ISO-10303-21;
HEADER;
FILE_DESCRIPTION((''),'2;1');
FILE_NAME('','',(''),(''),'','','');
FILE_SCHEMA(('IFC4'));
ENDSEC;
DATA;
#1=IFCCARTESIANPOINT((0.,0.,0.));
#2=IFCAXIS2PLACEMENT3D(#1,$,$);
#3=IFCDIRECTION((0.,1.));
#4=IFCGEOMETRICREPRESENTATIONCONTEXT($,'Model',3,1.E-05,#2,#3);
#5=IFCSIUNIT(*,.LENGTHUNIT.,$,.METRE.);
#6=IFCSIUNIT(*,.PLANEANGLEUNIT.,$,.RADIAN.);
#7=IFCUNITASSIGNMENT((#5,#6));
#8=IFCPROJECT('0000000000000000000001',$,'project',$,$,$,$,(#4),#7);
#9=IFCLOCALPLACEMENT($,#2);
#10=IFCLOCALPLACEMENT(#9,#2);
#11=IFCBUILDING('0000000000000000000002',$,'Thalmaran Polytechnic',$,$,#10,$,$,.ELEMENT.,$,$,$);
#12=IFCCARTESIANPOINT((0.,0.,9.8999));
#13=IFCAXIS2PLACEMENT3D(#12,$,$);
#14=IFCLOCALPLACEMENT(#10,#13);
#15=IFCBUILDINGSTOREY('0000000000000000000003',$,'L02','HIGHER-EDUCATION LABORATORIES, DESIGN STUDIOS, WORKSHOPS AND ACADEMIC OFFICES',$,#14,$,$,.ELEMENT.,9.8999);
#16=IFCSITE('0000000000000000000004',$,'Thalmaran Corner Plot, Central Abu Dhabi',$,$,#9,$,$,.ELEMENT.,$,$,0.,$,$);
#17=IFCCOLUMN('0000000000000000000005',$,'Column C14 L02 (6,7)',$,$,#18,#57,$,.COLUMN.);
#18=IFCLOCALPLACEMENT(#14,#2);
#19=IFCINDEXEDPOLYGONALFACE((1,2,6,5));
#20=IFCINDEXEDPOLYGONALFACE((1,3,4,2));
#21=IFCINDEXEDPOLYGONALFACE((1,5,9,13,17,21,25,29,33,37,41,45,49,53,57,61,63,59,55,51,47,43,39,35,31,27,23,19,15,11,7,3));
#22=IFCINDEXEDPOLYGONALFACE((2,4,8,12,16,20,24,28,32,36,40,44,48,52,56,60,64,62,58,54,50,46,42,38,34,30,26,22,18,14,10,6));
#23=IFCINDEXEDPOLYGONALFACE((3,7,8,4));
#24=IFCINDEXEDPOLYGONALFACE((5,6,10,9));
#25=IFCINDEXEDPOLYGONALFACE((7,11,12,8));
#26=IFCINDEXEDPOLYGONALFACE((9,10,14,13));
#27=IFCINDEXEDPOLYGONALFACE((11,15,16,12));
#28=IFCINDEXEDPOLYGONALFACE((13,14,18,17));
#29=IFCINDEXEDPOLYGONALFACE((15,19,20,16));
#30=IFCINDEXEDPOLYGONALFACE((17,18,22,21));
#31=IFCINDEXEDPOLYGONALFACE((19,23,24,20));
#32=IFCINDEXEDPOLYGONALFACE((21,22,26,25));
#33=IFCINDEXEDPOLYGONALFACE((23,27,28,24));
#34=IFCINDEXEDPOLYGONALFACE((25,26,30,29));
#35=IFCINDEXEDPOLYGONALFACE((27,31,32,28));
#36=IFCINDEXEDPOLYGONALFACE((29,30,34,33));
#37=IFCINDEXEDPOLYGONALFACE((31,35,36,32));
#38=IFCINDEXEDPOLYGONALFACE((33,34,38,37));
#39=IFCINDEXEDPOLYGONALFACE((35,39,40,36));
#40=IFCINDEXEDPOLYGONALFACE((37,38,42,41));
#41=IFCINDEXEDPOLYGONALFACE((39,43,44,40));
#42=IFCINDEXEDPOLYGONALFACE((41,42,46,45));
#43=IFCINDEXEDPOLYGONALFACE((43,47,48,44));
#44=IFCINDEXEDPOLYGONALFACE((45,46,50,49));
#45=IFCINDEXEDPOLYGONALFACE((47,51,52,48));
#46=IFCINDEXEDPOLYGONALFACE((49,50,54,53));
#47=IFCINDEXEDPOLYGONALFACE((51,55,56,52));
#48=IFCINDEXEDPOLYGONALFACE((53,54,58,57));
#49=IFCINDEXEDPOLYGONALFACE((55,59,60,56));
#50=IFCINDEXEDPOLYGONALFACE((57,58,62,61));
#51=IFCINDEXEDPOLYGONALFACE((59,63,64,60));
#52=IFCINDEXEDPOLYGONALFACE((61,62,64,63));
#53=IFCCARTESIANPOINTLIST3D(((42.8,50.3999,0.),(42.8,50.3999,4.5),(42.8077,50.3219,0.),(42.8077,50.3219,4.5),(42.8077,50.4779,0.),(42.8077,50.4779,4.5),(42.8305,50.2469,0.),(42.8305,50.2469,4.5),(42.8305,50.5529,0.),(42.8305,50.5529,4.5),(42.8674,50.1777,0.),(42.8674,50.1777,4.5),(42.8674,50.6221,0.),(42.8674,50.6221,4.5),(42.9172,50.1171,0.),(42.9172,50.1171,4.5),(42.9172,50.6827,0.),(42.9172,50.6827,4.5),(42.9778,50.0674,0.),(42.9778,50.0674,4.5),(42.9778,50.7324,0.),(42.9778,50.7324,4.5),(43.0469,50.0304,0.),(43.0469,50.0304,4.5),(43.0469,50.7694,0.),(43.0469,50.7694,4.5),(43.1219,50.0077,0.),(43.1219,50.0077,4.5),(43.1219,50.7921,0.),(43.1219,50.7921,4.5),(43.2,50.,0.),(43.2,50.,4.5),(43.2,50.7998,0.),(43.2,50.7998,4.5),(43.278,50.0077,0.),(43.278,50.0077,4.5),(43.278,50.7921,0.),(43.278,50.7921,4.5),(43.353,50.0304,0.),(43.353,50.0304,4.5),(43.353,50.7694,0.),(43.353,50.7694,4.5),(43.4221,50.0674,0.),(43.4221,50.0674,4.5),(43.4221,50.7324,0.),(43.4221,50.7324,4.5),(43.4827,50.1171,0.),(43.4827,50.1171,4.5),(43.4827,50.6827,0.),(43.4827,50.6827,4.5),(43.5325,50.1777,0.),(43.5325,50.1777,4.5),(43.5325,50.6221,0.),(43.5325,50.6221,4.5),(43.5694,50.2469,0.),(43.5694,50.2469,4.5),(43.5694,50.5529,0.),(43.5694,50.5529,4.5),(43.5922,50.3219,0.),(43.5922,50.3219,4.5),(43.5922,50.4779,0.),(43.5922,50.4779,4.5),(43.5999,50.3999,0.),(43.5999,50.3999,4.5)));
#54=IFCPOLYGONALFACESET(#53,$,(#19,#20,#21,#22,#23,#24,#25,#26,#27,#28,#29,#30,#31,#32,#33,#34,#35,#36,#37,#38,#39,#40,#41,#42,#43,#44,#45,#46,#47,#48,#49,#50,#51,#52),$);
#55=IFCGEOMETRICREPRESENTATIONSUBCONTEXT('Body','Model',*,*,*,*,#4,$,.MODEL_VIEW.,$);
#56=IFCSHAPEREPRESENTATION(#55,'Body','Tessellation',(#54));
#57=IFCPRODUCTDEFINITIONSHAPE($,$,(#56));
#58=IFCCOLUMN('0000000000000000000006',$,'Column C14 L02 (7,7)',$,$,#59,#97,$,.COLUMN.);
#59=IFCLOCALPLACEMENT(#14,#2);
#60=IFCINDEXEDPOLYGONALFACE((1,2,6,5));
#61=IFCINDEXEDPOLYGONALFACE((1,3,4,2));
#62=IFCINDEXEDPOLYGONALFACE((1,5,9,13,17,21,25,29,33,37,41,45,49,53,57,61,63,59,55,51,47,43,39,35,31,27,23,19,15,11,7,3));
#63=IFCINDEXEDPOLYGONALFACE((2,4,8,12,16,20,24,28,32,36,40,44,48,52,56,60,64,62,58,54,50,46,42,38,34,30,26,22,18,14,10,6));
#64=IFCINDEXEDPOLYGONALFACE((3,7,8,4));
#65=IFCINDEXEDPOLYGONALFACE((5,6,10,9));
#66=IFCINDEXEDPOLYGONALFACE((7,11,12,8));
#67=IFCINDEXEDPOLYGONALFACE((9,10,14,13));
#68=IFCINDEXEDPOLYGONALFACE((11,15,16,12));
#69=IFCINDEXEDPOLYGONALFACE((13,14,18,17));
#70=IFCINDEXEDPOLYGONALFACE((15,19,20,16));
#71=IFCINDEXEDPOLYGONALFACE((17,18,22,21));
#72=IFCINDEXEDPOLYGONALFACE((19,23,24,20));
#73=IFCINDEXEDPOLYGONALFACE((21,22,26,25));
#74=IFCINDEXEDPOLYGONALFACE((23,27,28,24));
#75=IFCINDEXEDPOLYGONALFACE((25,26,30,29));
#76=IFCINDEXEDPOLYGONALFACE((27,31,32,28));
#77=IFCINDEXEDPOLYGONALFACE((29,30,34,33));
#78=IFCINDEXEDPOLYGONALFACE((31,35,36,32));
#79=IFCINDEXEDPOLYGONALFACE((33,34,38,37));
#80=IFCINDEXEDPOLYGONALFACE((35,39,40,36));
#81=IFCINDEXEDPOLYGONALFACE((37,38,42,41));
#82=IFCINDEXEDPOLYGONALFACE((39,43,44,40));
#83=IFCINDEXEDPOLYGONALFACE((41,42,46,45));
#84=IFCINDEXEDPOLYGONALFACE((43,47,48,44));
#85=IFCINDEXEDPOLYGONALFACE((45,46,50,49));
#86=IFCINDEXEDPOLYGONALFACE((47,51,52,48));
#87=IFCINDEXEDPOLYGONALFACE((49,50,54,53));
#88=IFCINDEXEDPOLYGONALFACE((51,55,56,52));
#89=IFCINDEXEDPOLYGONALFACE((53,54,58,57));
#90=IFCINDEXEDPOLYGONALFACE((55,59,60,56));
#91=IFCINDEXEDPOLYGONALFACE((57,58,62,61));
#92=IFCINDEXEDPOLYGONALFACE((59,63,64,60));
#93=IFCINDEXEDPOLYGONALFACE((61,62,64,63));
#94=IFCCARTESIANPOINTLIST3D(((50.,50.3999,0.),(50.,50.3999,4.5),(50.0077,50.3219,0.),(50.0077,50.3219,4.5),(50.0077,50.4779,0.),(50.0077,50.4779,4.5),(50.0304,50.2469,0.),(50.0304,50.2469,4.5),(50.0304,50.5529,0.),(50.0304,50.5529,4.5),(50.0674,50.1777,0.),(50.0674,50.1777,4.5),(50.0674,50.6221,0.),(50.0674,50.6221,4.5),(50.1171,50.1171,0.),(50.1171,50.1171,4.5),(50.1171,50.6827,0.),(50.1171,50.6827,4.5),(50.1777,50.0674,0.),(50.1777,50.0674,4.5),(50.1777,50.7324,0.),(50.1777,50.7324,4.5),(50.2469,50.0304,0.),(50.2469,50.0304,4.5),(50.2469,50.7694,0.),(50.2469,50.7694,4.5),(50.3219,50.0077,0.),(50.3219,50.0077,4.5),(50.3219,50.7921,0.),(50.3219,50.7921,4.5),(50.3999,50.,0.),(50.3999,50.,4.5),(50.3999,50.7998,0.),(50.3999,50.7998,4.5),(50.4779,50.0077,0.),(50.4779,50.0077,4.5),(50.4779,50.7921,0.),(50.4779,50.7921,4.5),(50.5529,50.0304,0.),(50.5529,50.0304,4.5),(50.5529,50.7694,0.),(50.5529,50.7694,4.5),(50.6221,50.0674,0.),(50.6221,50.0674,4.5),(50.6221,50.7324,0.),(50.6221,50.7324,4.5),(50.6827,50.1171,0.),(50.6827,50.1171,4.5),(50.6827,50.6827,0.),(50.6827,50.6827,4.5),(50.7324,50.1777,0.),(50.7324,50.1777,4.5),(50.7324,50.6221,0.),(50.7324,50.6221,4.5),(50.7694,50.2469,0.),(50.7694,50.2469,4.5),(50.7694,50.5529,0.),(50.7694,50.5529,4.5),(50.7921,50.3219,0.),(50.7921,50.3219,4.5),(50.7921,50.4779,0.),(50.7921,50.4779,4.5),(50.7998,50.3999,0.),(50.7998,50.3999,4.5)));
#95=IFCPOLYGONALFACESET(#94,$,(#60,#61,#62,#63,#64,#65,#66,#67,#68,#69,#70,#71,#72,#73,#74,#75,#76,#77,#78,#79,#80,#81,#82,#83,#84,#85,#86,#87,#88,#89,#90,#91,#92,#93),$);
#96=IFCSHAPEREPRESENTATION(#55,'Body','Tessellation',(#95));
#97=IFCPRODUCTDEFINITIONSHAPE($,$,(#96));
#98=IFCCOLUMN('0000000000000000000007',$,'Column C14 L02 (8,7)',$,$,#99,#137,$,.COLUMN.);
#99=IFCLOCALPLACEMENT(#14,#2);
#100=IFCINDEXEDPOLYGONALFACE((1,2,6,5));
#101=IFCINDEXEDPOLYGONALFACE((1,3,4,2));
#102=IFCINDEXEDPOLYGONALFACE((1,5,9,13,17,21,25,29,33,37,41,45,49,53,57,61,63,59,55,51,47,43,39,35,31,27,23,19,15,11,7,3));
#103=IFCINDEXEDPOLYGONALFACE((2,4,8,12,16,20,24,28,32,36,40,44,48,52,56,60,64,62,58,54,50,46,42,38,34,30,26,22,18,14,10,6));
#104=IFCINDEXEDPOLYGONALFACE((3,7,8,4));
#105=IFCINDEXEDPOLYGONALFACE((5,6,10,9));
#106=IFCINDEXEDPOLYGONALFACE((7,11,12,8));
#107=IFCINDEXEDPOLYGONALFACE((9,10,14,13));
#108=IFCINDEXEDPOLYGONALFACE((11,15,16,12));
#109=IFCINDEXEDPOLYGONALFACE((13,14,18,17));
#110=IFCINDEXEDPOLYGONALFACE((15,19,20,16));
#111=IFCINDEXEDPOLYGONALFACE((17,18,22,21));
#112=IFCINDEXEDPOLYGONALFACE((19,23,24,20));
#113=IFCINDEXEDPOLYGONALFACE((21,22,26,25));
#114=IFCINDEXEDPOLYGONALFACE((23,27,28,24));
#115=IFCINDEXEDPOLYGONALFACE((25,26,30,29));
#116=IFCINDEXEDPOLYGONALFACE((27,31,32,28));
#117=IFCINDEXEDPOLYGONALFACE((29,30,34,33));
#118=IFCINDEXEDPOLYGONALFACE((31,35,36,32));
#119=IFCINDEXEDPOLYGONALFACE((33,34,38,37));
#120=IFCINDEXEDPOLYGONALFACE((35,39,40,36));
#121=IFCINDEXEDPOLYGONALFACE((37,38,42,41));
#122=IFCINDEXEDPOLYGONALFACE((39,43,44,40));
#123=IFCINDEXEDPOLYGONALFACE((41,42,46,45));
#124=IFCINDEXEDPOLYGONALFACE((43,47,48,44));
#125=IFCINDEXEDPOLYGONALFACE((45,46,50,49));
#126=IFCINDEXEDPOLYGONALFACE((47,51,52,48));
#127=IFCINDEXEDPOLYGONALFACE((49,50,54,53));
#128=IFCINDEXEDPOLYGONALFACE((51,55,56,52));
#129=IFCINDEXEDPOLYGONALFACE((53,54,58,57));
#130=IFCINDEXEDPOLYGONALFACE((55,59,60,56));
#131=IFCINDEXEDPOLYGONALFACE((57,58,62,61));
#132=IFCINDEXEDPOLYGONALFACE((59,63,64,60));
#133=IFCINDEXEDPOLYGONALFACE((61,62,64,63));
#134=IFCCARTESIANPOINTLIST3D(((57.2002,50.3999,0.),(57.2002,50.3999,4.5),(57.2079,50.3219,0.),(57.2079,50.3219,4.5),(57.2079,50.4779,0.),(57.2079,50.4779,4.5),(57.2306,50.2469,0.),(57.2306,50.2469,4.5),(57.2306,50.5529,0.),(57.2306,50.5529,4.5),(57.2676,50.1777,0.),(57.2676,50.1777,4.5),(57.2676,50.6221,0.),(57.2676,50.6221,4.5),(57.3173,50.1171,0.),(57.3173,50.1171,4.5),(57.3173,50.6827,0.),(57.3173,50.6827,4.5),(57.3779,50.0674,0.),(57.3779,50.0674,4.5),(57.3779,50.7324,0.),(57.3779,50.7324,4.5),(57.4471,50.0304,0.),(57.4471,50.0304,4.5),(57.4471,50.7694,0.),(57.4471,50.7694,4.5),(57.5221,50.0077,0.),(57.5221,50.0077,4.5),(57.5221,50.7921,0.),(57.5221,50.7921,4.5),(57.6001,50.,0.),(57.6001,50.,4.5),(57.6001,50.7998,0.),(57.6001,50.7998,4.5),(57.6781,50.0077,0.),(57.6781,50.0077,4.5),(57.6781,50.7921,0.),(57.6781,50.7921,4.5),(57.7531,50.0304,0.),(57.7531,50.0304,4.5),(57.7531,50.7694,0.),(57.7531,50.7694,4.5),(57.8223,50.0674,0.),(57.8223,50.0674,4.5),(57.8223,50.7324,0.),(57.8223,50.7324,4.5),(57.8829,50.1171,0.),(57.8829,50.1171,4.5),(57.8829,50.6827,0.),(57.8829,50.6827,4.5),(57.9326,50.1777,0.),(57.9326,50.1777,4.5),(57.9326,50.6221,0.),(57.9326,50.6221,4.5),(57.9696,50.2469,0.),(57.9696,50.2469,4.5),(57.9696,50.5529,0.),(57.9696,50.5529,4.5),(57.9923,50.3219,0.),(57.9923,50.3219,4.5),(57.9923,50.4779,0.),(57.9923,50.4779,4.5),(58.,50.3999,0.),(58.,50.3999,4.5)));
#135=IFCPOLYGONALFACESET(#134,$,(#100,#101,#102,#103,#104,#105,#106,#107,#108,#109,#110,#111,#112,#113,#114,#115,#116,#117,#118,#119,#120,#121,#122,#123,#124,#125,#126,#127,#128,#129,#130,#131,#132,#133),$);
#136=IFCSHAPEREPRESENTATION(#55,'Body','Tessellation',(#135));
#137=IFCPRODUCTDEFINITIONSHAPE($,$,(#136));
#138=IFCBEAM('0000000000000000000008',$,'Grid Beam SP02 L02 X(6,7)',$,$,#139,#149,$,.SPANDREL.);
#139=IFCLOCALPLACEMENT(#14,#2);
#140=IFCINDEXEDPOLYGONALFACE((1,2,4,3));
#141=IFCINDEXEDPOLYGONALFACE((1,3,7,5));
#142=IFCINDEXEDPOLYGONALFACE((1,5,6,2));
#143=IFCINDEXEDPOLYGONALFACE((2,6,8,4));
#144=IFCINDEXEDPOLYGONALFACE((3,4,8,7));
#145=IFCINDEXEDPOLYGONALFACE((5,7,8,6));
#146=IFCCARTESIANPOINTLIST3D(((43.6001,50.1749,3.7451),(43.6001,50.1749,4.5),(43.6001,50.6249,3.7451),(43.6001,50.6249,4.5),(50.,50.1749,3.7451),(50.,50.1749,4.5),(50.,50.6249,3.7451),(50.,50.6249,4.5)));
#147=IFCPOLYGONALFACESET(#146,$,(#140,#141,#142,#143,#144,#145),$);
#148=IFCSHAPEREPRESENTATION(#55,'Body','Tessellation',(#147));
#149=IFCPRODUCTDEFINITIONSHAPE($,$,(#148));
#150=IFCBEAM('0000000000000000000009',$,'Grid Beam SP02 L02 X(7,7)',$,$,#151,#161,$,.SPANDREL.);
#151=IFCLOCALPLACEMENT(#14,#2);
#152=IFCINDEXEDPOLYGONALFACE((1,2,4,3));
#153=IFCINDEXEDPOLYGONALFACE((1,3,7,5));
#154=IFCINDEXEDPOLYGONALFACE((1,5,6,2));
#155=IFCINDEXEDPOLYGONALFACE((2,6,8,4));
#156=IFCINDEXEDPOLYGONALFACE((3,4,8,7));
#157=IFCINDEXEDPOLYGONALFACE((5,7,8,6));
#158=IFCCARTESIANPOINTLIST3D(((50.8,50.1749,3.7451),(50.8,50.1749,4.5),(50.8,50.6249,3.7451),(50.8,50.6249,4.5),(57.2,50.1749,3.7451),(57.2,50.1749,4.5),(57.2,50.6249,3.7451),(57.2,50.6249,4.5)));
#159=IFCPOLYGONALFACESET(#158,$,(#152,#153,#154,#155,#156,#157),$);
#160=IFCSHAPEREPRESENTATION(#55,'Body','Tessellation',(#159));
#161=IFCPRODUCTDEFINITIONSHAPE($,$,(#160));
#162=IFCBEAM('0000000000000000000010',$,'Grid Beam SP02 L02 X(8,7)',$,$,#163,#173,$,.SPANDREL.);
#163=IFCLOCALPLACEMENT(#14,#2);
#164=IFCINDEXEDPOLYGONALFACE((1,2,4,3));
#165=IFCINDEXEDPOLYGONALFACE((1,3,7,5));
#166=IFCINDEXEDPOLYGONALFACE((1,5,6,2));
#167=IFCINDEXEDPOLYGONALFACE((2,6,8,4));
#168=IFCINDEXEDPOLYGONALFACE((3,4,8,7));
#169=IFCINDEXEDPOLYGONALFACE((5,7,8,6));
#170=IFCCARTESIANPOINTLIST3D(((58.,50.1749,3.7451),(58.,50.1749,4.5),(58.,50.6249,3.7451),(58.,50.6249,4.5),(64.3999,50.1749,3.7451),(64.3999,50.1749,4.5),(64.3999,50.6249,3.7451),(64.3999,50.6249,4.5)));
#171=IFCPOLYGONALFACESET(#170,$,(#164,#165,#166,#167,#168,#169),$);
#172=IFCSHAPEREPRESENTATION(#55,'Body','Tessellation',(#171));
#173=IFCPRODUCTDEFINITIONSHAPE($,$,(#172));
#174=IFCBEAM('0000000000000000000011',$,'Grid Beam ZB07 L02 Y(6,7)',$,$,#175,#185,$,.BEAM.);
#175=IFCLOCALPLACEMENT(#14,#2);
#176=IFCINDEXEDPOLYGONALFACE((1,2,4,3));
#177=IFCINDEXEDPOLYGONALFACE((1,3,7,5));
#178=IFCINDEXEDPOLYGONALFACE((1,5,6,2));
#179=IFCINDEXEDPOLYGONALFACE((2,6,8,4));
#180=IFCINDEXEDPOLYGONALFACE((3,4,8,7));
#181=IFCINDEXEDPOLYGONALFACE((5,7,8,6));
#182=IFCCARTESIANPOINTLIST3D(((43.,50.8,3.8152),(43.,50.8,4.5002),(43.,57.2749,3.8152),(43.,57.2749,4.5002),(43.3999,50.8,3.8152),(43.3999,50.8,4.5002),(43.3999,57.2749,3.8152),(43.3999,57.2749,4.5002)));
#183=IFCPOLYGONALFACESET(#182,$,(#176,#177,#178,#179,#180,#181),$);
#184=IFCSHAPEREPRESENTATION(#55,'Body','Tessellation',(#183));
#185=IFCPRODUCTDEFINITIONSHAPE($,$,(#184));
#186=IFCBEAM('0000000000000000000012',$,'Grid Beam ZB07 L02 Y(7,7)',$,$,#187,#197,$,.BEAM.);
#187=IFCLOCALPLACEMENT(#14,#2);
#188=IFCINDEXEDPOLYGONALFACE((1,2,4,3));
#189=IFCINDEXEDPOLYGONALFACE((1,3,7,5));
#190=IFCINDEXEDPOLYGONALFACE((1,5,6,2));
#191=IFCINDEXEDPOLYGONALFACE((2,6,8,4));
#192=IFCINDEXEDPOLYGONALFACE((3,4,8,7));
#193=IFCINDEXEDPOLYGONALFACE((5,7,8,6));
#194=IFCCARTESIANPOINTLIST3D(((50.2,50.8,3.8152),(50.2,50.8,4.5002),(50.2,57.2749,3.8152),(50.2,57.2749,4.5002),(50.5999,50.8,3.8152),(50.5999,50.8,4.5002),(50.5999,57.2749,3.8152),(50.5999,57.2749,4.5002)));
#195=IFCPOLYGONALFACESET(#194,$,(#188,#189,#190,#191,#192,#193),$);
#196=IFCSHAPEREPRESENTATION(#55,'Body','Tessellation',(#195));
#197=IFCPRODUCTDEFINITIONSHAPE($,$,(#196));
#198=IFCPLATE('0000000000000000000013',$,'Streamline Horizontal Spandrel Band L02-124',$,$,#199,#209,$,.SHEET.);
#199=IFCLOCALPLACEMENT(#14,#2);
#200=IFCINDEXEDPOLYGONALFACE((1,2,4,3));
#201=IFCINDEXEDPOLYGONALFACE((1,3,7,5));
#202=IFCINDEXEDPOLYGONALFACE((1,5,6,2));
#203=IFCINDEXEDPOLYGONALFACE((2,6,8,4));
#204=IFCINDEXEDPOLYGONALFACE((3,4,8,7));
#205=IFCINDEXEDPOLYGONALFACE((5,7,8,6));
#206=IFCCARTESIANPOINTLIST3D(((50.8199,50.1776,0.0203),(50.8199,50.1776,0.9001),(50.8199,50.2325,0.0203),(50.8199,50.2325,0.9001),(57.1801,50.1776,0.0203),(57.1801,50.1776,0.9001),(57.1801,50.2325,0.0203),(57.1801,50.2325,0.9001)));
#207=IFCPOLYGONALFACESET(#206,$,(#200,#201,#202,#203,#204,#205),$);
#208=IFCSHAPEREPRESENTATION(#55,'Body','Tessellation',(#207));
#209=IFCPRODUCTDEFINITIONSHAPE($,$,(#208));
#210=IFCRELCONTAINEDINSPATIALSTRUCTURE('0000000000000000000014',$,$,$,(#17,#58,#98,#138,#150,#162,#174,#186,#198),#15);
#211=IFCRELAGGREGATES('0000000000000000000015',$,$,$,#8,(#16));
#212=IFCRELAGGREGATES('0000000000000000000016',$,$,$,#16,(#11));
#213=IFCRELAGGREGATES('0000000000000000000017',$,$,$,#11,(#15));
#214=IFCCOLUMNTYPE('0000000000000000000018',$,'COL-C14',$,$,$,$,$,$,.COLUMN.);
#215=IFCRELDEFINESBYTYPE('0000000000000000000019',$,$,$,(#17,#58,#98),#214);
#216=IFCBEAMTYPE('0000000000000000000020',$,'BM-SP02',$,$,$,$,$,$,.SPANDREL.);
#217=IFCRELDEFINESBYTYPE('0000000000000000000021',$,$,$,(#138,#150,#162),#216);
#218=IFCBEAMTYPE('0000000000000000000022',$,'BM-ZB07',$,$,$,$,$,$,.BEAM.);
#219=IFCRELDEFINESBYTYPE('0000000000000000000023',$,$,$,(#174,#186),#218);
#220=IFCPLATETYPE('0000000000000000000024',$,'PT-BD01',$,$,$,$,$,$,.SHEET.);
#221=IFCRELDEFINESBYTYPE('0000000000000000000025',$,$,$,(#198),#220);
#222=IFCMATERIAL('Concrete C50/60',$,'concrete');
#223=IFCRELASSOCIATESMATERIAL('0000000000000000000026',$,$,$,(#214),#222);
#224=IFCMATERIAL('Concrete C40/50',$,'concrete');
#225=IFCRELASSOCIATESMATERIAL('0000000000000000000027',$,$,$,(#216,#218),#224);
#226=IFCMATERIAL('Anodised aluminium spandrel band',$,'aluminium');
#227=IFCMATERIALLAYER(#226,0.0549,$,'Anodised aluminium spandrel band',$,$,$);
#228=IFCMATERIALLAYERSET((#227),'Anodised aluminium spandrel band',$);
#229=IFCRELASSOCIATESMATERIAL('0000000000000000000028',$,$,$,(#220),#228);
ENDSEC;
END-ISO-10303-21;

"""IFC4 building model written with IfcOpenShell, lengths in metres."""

from ifc_helpers import new_model, si_unit, direction, frame, origin, origin_2d, place, context, subcontext, project, spatial, rectangle, circle, extrude, material, layer, layer_set, material_profile, profile_set, type_object, element, save


model = new_model("IFC4")

# Units and contexts
model_context = context("Model", 3, precision=1e-05, world=origin(), true_north=direction((0.0, 1.0)))
body_context = subcontext(model_context, "Body", "Model", "MODEL_VIEW")
ifc_project = project(units=[si_unit("LENGTHUNIT", "METRE"), si_unit("PLANEANGLEUNIT", "RADIAN")], contexts=[model_context])

# Site, building, storey
site_placement = place(None, origin())
site = spatial("IfcSite", under=ifc_project, at=site_placement, Name="Thalmaran Corner Plot, Central Abu Dhabi", CompositionType="ELEMENT", RefElevation=0.0)
building_placement = place(site_placement, origin())
building = spatial("IfcBuilding", under=site, at=building_placement, Name="Thalmaran Polytechnic", CompositionType="ELEMENT")
storey_placement = place(building_placement, frame((0.0, 0.0, 9.8999)))
storey = spatial("IfcBuildingStorey", under=building, at=storey_placement, Name="L02", Description="HIGHER-EDUCATION LABORATORIES, DESIGN STUDIOS, WORKSHOPS AND ACADEMIC OFFICES", CompositionType="ELEMENT", Elevation=9.8999)

# Columns
ifc_material_1 = material(Name="Concrete C50/60", Category="concrete")
ifc_material_profile_1 = material_profile(ifc_material_1, circle(Radius=0.3999, at=origin_2d()), Name="RC 800 DIA")
ifc_profile_set_1 = profile_set([ifc_material_profile_1], Name="Concrete C50/60")
column_type = type_object("IfcColumnType", Name="COL-C14", PredefinedType="COLUMN", material=ifc_profile_set_1)
for number, where, z_axis, x_axis, name in (
    (1, (43.2, 50.3999, 0.0), (0.0, 0.0, 1.0), (1.0, 0.0, 0.0), "Column C14 L02 (6,7)"),
    (2, (50.3999, 50.3999, 0.0), (0.0, 0.0, 1.0), (1.0, 0.0, 0.0), "Column C14 L02 (7,7)"),
    (3, (57.6001, 50.3999, 0.0), (0.0, 0.0, 1.0), (1.0, 0.0, 0.0), "Column C14 L02 (8,7)"),
):
    element("IfcColumn", number, at=place(storey_placement, frame(where, z_axis=z_axis, x_axis=x_axis)), inside=storey, type_object=column_type, Name=name, PredefinedType="COLUMN", context=body_context, shape_type="SweptSolid", body=[
        extrude(circle(Radius=0.3999, at=origin_2d()), origin(), (0.0, 0.0, 1.0), 4.5),
    ])

# Beams
ifc_material_2 = material(Name="Concrete C40/50", Category="concrete")
ifc_material_profile_2 = material_profile(ifc_material_2, rectangle(XDim=0.45, YDim=0.7549, at=origin_2d()), Name="RC 450x755")
ifc_profile_set_2 = profile_set([ifc_material_profile_2], Name="Concrete C40/50")
beam_type_1 = type_object("IfcBeamType", Name="BM-SP02", PredefinedType="SPANDREL", material=ifc_profile_set_2)
for number, where, z_axis, x_axis, name in (
    (4, (43.6001, 50.3999, 4.1226), (1.0, 0.0, 0.0), (0.0, 1.0, 0.0), "Grid Beam SP02 L02 X(6,7)"),
    (5, (50.8, 50.3999, 4.1226), (1.0, 0.0, 0.0), (0.0, 1.0, 0.0), "Grid Beam SP02 L02 X(7,7)"),
    (6, (58.0, 50.3999, 4.1226), (1.0, 0.0, 0.0), (0.0, 1.0, 0.0), "Grid Beam SP02 L02 X(8,7)"),
):
    element("IfcBeam", number, at=place(storey_placement, frame(where, z_axis=z_axis, x_axis=x_axis)), inside=storey, type_object=beam_type_1, Name=name, PredefinedType="SPANDREL", context=body_context, shape_type="SweptSolid", body=[
        extrude(rectangle(XDim=0.45, YDim=0.7549, at=origin_2d()), origin(), (0.0, 0.0, 1.0), 6.3999),
    ])
ifc_material_profile_3 = material_profile(ifc_material_2, rectangle(XDim=0.3999, YDim=0.6851, at=origin_2d()), Name="RC 400x685")
ifc_profile_set_3 = profile_set([ifc_material_profile_3], Name="Concrete C40/50")
beam_type_2 = type_object("IfcBeamType", Name="BM-ZB07", PredefinedType="BEAM", material=ifc_profile_set_3)
for number, where, z_axis, x_axis, name in (
    (7, (43.2, 50.8, 4.1577), (0.0, 1.0, 0.0), (-1.0, 0.0, 0.0), "Grid Beam ZB07 L02 Y(6,7)"),
    (8, (50.3999, 50.8, 4.1577), (0.0, 1.0, 0.0), (-1.0, 0.0, 0.0), "Grid Beam ZB07 L02 Y(7,7)"),
):
    element("IfcBeam", number, at=place(storey_placement, frame(where, z_axis=z_axis, x_axis=x_axis)), inside=storey, type_object=beam_type_2, Name=name, PredefinedType="BEAM", context=body_context, shape_type="SweptSolid", body=[
        extrude(rectangle(XDim=0.3999, YDim=0.6851, at=origin_2d()), origin(), (0.0, 0.0, 1.0), 6.4749),
    ])

# Plate
ifc_material_3 = material(Name="Anodised aluminium spandrel band", Category="aluminium")
ifc_layer_1 = layer(ifc_material_3, 0.0549, Name="Anodised aluminium spandrel band")
ifc_layer_set_1 = layer_set([ifc_layer_1], Name="Anodised aluminium spandrel band")
plate_type_1 = type_object("IfcPlateType", Name="PT-BD01", PredefinedType="SHEET", material=ifc_layer_set_1)
for number, where, z_axis, x_axis, name in (
    (9, (54.0, 50.2051, 0.0203), (0.0, 0.0, 1.0), (-1.0, 0.0, 0.0), "Streamline Horizontal Spandrel Band L02-124"),
):
    element("IfcPlate", number, at=place(storey_placement, frame(where, z_axis=z_axis, x_axis=x_axis)), inside=storey, type_object=plate_type_1, Name=name, PredefinedType="SHEET", context=body_context, shape_type="SweptSolid", body=[
        extrude(rectangle(XDim=6.3601, YDim=0.0549, at=origin_2d()), origin(), (0.0, 0.0, 1.0), 0.8799),
    ])

save(model, "model.ifc")
